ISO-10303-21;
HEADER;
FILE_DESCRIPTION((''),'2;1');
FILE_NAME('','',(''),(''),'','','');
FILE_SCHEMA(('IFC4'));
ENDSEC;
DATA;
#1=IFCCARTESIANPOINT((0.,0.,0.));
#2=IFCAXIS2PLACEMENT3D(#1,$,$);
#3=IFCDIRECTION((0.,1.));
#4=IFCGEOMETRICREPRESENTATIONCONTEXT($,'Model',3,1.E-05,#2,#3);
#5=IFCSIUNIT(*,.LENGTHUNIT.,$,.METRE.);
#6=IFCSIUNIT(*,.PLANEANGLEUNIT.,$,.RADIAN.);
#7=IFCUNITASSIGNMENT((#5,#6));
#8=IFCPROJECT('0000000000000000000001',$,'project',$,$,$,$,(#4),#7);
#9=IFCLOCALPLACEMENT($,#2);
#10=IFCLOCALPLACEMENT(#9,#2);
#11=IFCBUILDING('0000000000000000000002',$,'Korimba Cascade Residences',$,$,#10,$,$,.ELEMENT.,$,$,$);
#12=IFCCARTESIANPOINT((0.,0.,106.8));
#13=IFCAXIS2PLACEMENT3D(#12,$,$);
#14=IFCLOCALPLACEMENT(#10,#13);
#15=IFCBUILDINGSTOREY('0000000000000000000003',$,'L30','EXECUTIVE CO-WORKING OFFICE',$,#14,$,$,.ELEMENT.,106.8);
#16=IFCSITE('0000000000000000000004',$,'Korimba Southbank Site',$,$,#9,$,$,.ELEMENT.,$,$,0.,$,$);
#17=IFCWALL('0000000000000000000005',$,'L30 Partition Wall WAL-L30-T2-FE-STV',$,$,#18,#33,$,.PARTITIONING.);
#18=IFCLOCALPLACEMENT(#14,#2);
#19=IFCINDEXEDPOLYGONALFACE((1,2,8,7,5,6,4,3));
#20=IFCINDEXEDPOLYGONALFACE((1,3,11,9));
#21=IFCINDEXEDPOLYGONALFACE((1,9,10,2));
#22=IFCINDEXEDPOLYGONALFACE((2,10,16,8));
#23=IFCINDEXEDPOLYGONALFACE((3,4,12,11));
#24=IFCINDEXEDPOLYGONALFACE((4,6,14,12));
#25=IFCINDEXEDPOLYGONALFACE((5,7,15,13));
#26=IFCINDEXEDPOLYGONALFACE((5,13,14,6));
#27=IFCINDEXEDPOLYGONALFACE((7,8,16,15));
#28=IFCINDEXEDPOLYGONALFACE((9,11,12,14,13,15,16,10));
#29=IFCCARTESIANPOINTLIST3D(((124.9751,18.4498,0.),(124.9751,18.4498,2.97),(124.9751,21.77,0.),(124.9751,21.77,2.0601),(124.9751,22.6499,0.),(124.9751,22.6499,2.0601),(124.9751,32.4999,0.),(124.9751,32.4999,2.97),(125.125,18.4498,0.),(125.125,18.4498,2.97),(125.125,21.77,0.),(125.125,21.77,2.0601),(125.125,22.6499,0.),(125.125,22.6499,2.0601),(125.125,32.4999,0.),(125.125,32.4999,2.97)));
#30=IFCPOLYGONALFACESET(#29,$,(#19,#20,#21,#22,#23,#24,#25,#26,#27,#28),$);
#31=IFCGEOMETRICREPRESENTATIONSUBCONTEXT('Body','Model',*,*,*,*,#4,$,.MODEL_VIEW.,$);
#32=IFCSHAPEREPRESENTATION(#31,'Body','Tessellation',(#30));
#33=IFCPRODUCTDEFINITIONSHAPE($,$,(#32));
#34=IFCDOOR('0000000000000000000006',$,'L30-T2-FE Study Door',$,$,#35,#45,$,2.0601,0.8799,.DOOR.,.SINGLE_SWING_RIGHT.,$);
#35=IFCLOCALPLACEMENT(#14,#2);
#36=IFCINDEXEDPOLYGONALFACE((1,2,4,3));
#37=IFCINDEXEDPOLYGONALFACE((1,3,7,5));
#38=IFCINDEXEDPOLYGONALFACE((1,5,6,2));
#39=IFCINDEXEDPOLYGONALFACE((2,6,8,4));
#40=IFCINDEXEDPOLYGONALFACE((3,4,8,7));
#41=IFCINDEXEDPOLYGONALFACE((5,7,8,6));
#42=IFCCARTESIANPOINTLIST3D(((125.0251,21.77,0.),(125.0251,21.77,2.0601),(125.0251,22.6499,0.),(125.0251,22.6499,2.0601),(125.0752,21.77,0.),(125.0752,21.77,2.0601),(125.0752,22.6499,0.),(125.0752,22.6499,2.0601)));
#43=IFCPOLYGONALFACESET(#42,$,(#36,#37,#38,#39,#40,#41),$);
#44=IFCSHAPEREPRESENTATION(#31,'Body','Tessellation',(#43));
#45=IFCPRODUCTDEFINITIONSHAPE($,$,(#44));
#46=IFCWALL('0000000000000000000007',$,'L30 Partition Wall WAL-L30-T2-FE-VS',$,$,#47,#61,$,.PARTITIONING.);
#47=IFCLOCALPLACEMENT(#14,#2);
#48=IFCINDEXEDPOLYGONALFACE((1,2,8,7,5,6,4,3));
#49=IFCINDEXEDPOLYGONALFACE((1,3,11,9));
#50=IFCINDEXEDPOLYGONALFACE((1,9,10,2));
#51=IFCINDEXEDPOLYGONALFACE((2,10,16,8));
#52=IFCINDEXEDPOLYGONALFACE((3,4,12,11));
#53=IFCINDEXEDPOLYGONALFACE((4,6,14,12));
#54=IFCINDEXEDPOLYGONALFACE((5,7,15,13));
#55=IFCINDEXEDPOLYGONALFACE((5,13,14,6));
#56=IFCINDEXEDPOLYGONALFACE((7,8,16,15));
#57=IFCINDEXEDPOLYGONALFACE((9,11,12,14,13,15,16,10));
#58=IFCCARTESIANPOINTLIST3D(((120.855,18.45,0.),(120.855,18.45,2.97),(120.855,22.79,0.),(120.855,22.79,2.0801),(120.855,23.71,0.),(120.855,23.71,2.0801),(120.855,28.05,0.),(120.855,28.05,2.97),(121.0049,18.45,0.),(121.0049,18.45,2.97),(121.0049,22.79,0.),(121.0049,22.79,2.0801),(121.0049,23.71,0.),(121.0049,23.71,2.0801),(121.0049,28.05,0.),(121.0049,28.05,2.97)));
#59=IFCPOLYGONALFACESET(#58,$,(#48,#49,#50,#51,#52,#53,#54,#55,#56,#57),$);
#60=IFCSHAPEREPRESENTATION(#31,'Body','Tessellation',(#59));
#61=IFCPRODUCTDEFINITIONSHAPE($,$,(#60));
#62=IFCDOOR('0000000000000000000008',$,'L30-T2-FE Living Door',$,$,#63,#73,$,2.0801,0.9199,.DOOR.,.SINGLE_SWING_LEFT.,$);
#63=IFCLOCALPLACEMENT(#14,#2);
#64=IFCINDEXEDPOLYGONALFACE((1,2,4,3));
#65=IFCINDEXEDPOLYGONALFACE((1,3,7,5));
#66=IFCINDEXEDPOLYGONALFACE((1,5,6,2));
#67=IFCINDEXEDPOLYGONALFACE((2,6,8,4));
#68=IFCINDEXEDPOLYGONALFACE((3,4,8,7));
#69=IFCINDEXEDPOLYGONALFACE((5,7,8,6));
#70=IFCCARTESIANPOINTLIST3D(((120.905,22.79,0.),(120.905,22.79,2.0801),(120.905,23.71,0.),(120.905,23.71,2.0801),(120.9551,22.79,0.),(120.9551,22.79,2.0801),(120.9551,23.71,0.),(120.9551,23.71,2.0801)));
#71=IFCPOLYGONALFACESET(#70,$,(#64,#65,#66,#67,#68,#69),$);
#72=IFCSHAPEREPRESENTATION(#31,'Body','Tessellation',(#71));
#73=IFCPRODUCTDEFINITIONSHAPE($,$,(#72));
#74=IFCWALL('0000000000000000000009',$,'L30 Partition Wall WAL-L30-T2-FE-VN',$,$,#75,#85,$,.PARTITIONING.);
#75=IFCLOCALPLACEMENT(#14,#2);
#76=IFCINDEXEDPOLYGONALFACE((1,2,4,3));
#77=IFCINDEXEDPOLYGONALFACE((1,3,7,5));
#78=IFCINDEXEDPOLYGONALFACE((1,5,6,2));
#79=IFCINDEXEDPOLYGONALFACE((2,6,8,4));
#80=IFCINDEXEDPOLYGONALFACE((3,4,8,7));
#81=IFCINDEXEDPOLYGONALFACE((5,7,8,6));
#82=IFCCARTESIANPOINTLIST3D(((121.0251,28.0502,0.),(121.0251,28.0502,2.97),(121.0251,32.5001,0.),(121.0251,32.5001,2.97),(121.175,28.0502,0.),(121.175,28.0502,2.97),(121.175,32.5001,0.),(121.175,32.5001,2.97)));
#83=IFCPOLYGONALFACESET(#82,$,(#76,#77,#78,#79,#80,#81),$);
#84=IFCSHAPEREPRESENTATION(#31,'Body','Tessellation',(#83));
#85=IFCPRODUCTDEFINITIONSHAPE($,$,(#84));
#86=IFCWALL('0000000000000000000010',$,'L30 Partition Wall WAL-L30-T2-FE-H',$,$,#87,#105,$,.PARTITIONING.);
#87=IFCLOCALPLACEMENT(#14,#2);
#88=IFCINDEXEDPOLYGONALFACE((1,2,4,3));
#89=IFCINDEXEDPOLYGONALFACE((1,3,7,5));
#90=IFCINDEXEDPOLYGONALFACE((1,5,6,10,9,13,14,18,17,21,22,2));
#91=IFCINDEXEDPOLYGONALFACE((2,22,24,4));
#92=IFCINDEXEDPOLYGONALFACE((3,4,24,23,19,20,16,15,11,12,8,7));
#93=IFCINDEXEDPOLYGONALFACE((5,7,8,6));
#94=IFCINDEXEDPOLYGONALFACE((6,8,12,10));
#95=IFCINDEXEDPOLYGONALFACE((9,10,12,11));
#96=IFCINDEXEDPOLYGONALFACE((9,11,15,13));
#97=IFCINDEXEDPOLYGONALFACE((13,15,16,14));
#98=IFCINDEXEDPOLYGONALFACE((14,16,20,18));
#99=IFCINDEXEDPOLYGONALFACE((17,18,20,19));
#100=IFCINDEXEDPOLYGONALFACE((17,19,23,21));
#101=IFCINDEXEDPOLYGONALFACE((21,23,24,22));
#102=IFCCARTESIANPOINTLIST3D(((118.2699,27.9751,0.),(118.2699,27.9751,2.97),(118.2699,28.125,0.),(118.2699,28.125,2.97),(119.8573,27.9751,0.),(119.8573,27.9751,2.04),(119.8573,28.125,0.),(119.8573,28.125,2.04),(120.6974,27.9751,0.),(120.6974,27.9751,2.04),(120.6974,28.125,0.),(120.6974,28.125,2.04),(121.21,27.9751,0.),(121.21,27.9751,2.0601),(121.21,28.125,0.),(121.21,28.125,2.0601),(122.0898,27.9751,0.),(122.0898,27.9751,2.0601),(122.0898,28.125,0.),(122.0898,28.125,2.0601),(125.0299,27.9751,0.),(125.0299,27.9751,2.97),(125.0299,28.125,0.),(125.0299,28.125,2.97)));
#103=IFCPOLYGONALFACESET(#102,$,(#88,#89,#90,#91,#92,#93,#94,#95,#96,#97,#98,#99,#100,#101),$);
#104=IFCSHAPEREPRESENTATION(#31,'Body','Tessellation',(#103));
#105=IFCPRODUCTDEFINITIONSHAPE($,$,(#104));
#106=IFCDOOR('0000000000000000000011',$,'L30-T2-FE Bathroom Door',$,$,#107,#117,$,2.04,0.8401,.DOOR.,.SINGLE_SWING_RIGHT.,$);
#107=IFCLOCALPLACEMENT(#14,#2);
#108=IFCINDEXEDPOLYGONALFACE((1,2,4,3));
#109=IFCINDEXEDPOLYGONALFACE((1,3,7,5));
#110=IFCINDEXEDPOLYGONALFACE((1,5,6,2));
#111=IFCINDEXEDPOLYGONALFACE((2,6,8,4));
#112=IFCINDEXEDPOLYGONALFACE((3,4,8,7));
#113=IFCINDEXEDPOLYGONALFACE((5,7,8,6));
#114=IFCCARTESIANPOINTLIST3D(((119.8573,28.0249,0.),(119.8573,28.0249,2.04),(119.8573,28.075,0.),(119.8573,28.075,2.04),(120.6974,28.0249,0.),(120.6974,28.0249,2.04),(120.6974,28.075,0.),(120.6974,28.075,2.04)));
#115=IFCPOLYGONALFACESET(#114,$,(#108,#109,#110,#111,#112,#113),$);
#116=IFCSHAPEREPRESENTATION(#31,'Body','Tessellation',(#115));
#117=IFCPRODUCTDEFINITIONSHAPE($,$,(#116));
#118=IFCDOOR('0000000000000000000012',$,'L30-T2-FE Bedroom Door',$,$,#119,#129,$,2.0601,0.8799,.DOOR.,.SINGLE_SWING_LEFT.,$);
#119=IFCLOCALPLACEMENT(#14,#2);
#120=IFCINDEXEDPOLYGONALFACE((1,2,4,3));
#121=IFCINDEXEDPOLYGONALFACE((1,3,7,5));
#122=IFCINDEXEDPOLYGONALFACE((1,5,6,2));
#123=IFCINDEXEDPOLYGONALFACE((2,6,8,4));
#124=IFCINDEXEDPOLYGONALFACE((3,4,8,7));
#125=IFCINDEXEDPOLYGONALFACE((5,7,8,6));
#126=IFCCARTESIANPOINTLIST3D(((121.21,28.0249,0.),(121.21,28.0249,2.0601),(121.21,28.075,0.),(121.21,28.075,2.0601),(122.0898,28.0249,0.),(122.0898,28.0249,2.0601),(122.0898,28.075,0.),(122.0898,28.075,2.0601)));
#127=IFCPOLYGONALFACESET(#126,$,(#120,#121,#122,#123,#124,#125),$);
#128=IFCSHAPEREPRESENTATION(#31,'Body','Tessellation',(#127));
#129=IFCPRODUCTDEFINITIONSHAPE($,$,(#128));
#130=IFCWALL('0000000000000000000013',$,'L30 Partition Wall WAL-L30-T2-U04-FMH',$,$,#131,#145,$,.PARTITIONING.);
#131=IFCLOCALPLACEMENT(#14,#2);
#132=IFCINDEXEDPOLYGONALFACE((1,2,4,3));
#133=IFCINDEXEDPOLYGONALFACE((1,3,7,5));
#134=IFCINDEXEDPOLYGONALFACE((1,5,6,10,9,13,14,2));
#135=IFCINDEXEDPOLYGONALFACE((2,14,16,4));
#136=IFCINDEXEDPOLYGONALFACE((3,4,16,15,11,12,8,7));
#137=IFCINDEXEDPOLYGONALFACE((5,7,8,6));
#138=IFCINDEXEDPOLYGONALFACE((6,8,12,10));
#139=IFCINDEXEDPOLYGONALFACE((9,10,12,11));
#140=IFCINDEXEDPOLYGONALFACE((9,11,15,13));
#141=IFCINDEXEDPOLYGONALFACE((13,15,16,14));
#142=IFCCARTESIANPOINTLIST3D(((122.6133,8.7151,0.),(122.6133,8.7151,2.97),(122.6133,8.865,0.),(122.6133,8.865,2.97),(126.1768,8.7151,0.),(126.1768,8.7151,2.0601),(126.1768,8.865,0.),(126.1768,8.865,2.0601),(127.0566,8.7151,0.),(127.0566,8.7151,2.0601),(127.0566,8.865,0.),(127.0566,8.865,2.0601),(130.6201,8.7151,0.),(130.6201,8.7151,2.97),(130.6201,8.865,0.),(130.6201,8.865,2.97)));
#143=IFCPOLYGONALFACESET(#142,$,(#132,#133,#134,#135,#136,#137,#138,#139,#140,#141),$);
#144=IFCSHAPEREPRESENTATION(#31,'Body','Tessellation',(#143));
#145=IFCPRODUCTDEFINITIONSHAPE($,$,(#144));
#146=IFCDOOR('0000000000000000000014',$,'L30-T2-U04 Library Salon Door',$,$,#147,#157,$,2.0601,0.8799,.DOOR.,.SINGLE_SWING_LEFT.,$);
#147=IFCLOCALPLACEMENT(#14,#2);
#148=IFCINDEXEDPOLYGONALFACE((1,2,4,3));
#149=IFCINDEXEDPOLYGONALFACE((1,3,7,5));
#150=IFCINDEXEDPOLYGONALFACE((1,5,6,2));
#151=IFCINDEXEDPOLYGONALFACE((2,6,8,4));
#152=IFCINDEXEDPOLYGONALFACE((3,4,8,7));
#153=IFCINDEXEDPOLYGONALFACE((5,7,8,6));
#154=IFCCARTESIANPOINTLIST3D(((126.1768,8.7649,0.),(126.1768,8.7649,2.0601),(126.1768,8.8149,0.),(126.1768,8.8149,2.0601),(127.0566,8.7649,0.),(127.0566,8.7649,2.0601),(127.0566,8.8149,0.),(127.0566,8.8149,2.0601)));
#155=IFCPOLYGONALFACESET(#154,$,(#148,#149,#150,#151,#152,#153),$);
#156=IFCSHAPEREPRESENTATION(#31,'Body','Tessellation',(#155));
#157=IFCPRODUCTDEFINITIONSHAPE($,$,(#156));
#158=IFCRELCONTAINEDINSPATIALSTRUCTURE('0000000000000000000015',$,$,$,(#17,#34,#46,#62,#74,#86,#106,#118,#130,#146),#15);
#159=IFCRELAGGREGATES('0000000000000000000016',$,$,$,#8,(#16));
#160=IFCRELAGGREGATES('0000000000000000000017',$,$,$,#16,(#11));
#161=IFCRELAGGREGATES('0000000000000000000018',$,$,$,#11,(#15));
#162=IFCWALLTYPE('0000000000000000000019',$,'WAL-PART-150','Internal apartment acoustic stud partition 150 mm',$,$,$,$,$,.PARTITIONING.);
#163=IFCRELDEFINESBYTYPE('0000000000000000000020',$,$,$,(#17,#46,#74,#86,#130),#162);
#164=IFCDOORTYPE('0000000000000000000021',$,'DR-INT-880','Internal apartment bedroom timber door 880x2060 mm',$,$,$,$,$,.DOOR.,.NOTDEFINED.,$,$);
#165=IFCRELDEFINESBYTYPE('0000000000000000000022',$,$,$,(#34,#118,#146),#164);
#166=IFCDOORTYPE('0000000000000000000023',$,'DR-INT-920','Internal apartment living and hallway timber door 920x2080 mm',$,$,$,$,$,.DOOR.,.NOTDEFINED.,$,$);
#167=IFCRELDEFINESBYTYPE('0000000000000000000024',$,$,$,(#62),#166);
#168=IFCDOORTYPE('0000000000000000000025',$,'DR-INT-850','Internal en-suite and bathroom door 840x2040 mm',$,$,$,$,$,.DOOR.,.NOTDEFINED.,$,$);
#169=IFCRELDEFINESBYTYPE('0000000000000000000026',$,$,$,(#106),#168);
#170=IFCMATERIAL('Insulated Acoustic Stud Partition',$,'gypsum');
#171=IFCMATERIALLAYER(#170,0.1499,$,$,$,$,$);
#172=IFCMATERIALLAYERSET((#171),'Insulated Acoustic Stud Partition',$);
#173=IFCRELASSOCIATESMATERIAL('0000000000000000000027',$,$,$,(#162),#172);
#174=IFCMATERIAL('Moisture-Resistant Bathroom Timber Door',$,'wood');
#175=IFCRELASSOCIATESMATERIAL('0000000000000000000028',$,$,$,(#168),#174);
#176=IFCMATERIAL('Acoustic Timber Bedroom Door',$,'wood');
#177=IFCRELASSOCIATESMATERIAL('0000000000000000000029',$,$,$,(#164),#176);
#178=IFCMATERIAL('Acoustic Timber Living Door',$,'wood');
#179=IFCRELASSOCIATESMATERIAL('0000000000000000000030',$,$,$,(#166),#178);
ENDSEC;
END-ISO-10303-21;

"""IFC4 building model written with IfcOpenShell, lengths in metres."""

from ifc_helpers import new_model, si_unit, direction, frame, frame_2d, origin, place, context, subcontext, project, spatial, rectangle, extrude, material, layer, layer_set, type_object, element, fill, save


model = new_model("IFC4")

# Units and contexts
model_context = context("Model", 3, precision=1e-05, world=origin(), true_north=direction((0.0, 1.0)))
body_context = subcontext(model_context, "Body", "Model", "MODEL_VIEW")
ifc_project = project(units=[si_unit("LENGTHUNIT", "METRE"), si_unit("PLANEANGLEUNIT", "RADIAN")], contexts=[model_context])

# Site, building, storey
site_placement = place(None, origin())
site = spatial("IfcSite", under=ifc_project, at=site_placement, Name="Korimba Southbank Site", CompositionType="ELEMENT", RefElevation=0.0)
building_placement = place(site_placement, origin())
building = spatial("IfcBuilding", under=site, at=building_placement, Name="Korimba Cascade Residences", CompositionType="ELEMENT")
storey_placement = place(building_placement, frame((0.0, 0.0, 106.8)))
storey = spatial("IfcBuildingStorey", under=building, at=storey_placement, Name="L30", Description="EXECUTIVE CO-WORKING OFFICE", CompositionType="ELEMENT", Elevation=106.8)

# Walls, openings, doors
ifc_material_1 = material(Name="Insulated Acoustic Stud Partition", Category="gypsum")
ifc_layer_1 = layer(ifc_material_1, 0.1499)
ifc_layer_set_1 = layer_set([ifc_layer_1], Name="Insulated Acoustic Stud Partition")
wall_type_1 = type_object("IfcWallType", Name="WAL-PART-150", Description="Internal apartment acoustic stud partition 150 mm", PredefinedType="PARTITIONING", material=ifc_layer_set_1)
ifc_material_2 = material(Name="Moisture-Resistant Bathroom Timber Door", Category="wood")
door_type_1 = type_object("IfcDoorType", Name="DR-INT-850", Description="Internal en-suite and bathroom door 840x2040 mm", OperationType="NOTDEFINED", PredefinedType="DOOR", material=ifc_material_2)
wall_1_placement = place(storey_placement, frame((125.05, 18.45, 0.0), z_axis=(0.0, 0.0, 1.0), x_axis=(0.0, 1.0, 0.0)))
wall_1 = element("IfcWall", 1, at=wall_1_placement, inside=storey, type_object=wall_type_1, Name="L30 Partition Wall WAL-L30-T2-FE-STV", PredefinedType="PARTITIONING", context=body_context, shape_type="SweptSolid", body=[
    extrude(rectangle(XDim=14.05, YDim=0.1499, at=frame_2d((7.0249, 0.0))), origin(), (0.0, 0.0, 1.0), 2.97),
])
opening_1_placement = place(wall_1_placement, frame((3.3201, 0.0, 0.0)))
opening_1 = element("IfcOpeningElement", 2, at=opening_1_placement, cuts=wall_1, PredefinedType="OPENING", context=body_context, shape_type="SweptSolid", body=[
    extrude(rectangle(XDim=0.8799, YDim=2.0601, at=frame_2d((0.4399, 1.03))), frame((0.0, 0.085, 0.0), z_axis=(0.0, -1.0, 0.0), x_axis=(1.0, 0.0, 0.0)), (0.0, 0.0, 1.0), 0.1699),
])
ifc_material_3 = material(Name="Acoustic Timber Bedroom Door", Category="wood")
door_type_2 = type_object("IfcDoorType", Name="DR-INT-880", Description="Internal apartment bedroom timber door 880x2060 mm", OperationType="NOTDEFINED", PredefinedType="DOOR", material=ifc_material_3)
door_1_placement = place(opening_1_placement, origin())
door_1 = element("IfcDoor", 3, at=door_1_placement, inside=storey, type_object=door_type_2, Name="L30-T2-FE Study Door", OperationType="SINGLE_SWING_RIGHT", OverallHeight=2.0601, OverallWidth=0.8799, PredefinedType="DOOR", context=body_context, shape_type="SweptSolid", body=[
    extrude(rectangle(XDim=0.8799, YDim=2.0601, at=frame_2d((0.4399, 1.03))), frame((0.0, 0.0249, 0.0), z_axis=(0.0, -1.0, 0.0), x_axis=(1.0, 0.0, 0.0)), (0.0, 0.0, 1.0), 0.05),
])
fill(opening_1, door_1)
wall_2_placement = place(storey_placement, frame((120.9299, 18.45, 0.0), z_axis=(0.0, 0.0, 1.0), x_axis=(0.0, 1.0, 0.0)))
wall_2 = element("IfcWall", 4, at=wall_2_placement, inside=storey, type_object=wall_type_1, Name="L30 Partition Wall WAL-L30-T2-FE-VS", PredefinedType="PARTITIONING", context=body_context, shape_type="SweptSolid", body=[
    extrude(rectangle(XDim=9.6001, YDim=0.1499, at=frame_2d((4.8, 0.0))), origin(), (0.0, 0.0, 1.0), 2.97),
])
opening_2_placement = place(wall_2_placement, frame((4.3401, 0.0, 0.0)))
opening_2 = element("IfcOpeningElement", 5, at=opening_2_placement, cuts=wall_2, PredefinedType="OPENING", context=body_context, shape_type="SweptSolid", body=[
    extrude(rectangle(XDim=0.9199, YDim=2.0801, at=frame_2d((0.46, 1.04))), frame((0.0, 0.085, 0.0), z_axis=(0.0, -1.0, 0.0), x_axis=(1.0, 0.0, 0.0)), (0.0, 0.0, 1.0), 0.1699),
])
ifc_material_4 = material(Name="Acoustic Timber Living Door", Category="wood")
door_type_3 = type_object("IfcDoorType", Name="DR-INT-920", Description="Internal apartment living and hallway timber door 920x2080 mm", OperationType="NOTDEFINED", PredefinedType="DOOR", material=ifc_material_4)
door_2_placement = place(opening_2_placement, origin())
door_2 = element("IfcDoor", 6, at=door_2_placement, inside=storey, type_object=door_type_3, Name="L30-T2-FE Living Door", OperationType="SINGLE_SWING_LEFT", OverallHeight=2.0801, OverallWidth=0.9199, PredefinedType="DOOR", context=body_context, shape_type="SweptSolid", body=[
    extrude(rectangle(XDim=0.9199, YDim=2.0801, at=frame_2d((0.46, 1.04))), frame((0.0, 0.0249, 0.0), z_axis=(0.0, -1.0, 0.0), x_axis=(1.0, 0.0, 0.0)), (0.0, 0.0, 1.0), 0.05),
])
fill(opening_2, door_2)

# Wall
wall_3_placement = place(storey_placement, frame((121.1001, 28.05, 0.0), z_axis=(0.0, 0.0, 1.0), x_axis=(0.0, 1.0, 0.0)))
element("IfcWall", 7, at=wall_3_placement, inside=storey, type_object=wall_type_1, Name="L30 Partition Wall WAL-L30-T2-FE-VN", PredefinedType="PARTITIONING", context=body_context, shape_type="SweptSolid", body=[
    extrude(rectangle(XDim=4.45, YDim=0.1499, at=frame_2d((2.2251, 0.0))), origin(), (0.0, 0.0, 1.0), 2.97),
])

# Wall, openings, doors
wall_4_placement = place(storey_placement, frame((118.27, 28.05, 0.0), z_axis=(0.0, 0.0, 1.0), x_axis=(1.0, 0.0, 0.0)))
wall_4 = element("IfcWall", 8, at=wall_4_placement, inside=storey, type_object=wall_type_1, Name="L30 Partition Wall WAL-L30-T2-FE-H", PredefinedType="PARTITIONING", context=body_context, shape_type="SweptSolid", body=[
    extrude(rectangle(XDim=6.76, YDim=0.1499, at=frame_2d((3.3799, 0.0))), origin(), (0.0, 0.0, 1.0), 2.97),
])
opening_3_placement = place(wall_4_placement, frame((1.5874, 0.0, 0.0)))
opening_3 = element("IfcOpeningElement", 9, at=opening_3_placement, cuts=wall_4, PredefinedType="OPENING", context=body_context, shape_type="SweptSolid", body=[
    extrude(rectangle(XDim=0.8401, YDim=2.04, at=frame_2d((0.4199, 1.02))), frame((0.0, 0.085, 0.0), z_axis=(0.0, -1.0, 0.0), x_axis=(1.0, 0.0, 0.0)), (0.0, 0.0, 1.0), 0.1699),
])
opening_4_placement = place(wall_4_placement, frame((2.9399, 0.0, 0.0)))
opening_4 = element("IfcOpeningElement", 10, at=opening_4_placement, cuts=wall_4, PredefinedType="OPENING", context=body_context, shape_type="SweptSolid", body=[
    extrude(rectangle(XDim=0.8799, YDim=2.0601, at=frame_2d((0.4399, 1.03))), frame((0.0, 0.085, 0.0), z_axis=(0.0, -1.0, 0.0), x_axis=(1.0, 0.0, 0.0)), (0.0, 0.0, 1.0), 0.1699),
])
door_3_placement = place(opening_3_placement, origin())
door_3 = element("IfcDoor", 11, at=door_3_placement, inside=storey, type_object=door_type_1, Name="L30-T2-FE Bathroom Door", OperationType="SINGLE_SWING_RIGHT", OverallHeight=2.04, OverallWidth=0.8401, PredefinedType="DOOR", context=body_context, shape_type="SweptSolid", body=[
    extrude(rectangle(XDim=0.8401, YDim=2.04, at=frame_2d((0.4199, 1.02))), frame((0.0, 0.0249, 0.0), z_axis=(0.0, -1.0, 0.0), x_axis=(1.0, 0.0, 0.0)), (0.0, 0.0, 1.0), 0.05),
])
fill(opening_3, door_3)
door_4_placement = place(opening_4_placement, origin())
door_4 = element("IfcDoor", 12, at=door_4_placement, inside=storey, type_object=door_type_2, Name="L30-T2-FE Bedroom Door", OperationType="SINGLE_SWING_LEFT", OverallHeight=2.0601, OverallWidth=0.8799, PredefinedType="DOOR", context=body_context, shape_type="SweptSolid", body=[
    extrude(rectangle(XDim=0.8799, YDim=2.0601, at=frame_2d((0.4399, 1.03))), frame((0.0, 0.0249, 0.0), z_axis=(0.0, -1.0, 0.0), x_axis=(1.0, 0.0, 0.0)), (0.0, 0.0, 1.0), 0.05),
])
fill(opening_4, door_4)

# Wall, opening, door
wall_5_placement = place(storey_placement, frame((122.6133, 8.79, 0.0), z_axis=(0.0, 0.0, 1.0), x_axis=(1.0, 0.0, 0.0)))
wall_5 = element("IfcWall", 13, at=wall_5_placement, inside=storey, type_object=wall_type_1, Name="L30 Partition Wall WAL-L30-T2-U04-FMH", PredefinedType="PARTITIONING", context=body_context, shape_type="SweptSolid", body=[
    extrude(rectangle(XDim=8.0068, YDim=0.1499, at=frame_2d((4.0034, 0.0))), origin(), (0.0, 0.0, 1.0), 2.97),
])
opening_5_placement = place(wall_5_placement, frame((3.5635, 0.0, 0.0)))
opening_5 = element("IfcOpeningElement", 14, at=opening_5_placement, cuts=wall_5, PredefinedType="OPENING", context=body_context, shape_type="SweptSolid", body=[
    extrude(rectangle(XDim=0.8799, YDim=2.0601, at=frame_2d((0.4399, 1.03))), frame((0.0, 0.085, 0.0), z_axis=(0.0, -1.0, 0.0), x_axis=(1.0, 0.0, 0.0)), (0.0, 0.0, 1.0), 0.1699),
])
door_5_placement = place(opening_5_placement, origin())
door_5 = element("IfcDoor", 15, at=door_5_placement, inside=storey, type_object=door_type_2, Name="L30-T2-U04 Library Salon Door", OperationType="SINGLE_SWING_LEFT", OverallHeight=2.0601, OverallWidth=0.8799, PredefinedType="DOOR", context=body_context, shape_type="SweptSolid", body=[
    extrude(rectangle(XDim=0.8799, YDim=2.0601, at=frame_2d((0.4399, 1.03))), frame((0.0, 0.0249, 0.0), z_axis=(0.0, -1.0, 0.0), x_axis=(1.0, 0.0, 0.0)), (0.0, 0.0, 1.0), 0.05),
])
fill(opening_5, door_5)

save(model, "model.ifc")
